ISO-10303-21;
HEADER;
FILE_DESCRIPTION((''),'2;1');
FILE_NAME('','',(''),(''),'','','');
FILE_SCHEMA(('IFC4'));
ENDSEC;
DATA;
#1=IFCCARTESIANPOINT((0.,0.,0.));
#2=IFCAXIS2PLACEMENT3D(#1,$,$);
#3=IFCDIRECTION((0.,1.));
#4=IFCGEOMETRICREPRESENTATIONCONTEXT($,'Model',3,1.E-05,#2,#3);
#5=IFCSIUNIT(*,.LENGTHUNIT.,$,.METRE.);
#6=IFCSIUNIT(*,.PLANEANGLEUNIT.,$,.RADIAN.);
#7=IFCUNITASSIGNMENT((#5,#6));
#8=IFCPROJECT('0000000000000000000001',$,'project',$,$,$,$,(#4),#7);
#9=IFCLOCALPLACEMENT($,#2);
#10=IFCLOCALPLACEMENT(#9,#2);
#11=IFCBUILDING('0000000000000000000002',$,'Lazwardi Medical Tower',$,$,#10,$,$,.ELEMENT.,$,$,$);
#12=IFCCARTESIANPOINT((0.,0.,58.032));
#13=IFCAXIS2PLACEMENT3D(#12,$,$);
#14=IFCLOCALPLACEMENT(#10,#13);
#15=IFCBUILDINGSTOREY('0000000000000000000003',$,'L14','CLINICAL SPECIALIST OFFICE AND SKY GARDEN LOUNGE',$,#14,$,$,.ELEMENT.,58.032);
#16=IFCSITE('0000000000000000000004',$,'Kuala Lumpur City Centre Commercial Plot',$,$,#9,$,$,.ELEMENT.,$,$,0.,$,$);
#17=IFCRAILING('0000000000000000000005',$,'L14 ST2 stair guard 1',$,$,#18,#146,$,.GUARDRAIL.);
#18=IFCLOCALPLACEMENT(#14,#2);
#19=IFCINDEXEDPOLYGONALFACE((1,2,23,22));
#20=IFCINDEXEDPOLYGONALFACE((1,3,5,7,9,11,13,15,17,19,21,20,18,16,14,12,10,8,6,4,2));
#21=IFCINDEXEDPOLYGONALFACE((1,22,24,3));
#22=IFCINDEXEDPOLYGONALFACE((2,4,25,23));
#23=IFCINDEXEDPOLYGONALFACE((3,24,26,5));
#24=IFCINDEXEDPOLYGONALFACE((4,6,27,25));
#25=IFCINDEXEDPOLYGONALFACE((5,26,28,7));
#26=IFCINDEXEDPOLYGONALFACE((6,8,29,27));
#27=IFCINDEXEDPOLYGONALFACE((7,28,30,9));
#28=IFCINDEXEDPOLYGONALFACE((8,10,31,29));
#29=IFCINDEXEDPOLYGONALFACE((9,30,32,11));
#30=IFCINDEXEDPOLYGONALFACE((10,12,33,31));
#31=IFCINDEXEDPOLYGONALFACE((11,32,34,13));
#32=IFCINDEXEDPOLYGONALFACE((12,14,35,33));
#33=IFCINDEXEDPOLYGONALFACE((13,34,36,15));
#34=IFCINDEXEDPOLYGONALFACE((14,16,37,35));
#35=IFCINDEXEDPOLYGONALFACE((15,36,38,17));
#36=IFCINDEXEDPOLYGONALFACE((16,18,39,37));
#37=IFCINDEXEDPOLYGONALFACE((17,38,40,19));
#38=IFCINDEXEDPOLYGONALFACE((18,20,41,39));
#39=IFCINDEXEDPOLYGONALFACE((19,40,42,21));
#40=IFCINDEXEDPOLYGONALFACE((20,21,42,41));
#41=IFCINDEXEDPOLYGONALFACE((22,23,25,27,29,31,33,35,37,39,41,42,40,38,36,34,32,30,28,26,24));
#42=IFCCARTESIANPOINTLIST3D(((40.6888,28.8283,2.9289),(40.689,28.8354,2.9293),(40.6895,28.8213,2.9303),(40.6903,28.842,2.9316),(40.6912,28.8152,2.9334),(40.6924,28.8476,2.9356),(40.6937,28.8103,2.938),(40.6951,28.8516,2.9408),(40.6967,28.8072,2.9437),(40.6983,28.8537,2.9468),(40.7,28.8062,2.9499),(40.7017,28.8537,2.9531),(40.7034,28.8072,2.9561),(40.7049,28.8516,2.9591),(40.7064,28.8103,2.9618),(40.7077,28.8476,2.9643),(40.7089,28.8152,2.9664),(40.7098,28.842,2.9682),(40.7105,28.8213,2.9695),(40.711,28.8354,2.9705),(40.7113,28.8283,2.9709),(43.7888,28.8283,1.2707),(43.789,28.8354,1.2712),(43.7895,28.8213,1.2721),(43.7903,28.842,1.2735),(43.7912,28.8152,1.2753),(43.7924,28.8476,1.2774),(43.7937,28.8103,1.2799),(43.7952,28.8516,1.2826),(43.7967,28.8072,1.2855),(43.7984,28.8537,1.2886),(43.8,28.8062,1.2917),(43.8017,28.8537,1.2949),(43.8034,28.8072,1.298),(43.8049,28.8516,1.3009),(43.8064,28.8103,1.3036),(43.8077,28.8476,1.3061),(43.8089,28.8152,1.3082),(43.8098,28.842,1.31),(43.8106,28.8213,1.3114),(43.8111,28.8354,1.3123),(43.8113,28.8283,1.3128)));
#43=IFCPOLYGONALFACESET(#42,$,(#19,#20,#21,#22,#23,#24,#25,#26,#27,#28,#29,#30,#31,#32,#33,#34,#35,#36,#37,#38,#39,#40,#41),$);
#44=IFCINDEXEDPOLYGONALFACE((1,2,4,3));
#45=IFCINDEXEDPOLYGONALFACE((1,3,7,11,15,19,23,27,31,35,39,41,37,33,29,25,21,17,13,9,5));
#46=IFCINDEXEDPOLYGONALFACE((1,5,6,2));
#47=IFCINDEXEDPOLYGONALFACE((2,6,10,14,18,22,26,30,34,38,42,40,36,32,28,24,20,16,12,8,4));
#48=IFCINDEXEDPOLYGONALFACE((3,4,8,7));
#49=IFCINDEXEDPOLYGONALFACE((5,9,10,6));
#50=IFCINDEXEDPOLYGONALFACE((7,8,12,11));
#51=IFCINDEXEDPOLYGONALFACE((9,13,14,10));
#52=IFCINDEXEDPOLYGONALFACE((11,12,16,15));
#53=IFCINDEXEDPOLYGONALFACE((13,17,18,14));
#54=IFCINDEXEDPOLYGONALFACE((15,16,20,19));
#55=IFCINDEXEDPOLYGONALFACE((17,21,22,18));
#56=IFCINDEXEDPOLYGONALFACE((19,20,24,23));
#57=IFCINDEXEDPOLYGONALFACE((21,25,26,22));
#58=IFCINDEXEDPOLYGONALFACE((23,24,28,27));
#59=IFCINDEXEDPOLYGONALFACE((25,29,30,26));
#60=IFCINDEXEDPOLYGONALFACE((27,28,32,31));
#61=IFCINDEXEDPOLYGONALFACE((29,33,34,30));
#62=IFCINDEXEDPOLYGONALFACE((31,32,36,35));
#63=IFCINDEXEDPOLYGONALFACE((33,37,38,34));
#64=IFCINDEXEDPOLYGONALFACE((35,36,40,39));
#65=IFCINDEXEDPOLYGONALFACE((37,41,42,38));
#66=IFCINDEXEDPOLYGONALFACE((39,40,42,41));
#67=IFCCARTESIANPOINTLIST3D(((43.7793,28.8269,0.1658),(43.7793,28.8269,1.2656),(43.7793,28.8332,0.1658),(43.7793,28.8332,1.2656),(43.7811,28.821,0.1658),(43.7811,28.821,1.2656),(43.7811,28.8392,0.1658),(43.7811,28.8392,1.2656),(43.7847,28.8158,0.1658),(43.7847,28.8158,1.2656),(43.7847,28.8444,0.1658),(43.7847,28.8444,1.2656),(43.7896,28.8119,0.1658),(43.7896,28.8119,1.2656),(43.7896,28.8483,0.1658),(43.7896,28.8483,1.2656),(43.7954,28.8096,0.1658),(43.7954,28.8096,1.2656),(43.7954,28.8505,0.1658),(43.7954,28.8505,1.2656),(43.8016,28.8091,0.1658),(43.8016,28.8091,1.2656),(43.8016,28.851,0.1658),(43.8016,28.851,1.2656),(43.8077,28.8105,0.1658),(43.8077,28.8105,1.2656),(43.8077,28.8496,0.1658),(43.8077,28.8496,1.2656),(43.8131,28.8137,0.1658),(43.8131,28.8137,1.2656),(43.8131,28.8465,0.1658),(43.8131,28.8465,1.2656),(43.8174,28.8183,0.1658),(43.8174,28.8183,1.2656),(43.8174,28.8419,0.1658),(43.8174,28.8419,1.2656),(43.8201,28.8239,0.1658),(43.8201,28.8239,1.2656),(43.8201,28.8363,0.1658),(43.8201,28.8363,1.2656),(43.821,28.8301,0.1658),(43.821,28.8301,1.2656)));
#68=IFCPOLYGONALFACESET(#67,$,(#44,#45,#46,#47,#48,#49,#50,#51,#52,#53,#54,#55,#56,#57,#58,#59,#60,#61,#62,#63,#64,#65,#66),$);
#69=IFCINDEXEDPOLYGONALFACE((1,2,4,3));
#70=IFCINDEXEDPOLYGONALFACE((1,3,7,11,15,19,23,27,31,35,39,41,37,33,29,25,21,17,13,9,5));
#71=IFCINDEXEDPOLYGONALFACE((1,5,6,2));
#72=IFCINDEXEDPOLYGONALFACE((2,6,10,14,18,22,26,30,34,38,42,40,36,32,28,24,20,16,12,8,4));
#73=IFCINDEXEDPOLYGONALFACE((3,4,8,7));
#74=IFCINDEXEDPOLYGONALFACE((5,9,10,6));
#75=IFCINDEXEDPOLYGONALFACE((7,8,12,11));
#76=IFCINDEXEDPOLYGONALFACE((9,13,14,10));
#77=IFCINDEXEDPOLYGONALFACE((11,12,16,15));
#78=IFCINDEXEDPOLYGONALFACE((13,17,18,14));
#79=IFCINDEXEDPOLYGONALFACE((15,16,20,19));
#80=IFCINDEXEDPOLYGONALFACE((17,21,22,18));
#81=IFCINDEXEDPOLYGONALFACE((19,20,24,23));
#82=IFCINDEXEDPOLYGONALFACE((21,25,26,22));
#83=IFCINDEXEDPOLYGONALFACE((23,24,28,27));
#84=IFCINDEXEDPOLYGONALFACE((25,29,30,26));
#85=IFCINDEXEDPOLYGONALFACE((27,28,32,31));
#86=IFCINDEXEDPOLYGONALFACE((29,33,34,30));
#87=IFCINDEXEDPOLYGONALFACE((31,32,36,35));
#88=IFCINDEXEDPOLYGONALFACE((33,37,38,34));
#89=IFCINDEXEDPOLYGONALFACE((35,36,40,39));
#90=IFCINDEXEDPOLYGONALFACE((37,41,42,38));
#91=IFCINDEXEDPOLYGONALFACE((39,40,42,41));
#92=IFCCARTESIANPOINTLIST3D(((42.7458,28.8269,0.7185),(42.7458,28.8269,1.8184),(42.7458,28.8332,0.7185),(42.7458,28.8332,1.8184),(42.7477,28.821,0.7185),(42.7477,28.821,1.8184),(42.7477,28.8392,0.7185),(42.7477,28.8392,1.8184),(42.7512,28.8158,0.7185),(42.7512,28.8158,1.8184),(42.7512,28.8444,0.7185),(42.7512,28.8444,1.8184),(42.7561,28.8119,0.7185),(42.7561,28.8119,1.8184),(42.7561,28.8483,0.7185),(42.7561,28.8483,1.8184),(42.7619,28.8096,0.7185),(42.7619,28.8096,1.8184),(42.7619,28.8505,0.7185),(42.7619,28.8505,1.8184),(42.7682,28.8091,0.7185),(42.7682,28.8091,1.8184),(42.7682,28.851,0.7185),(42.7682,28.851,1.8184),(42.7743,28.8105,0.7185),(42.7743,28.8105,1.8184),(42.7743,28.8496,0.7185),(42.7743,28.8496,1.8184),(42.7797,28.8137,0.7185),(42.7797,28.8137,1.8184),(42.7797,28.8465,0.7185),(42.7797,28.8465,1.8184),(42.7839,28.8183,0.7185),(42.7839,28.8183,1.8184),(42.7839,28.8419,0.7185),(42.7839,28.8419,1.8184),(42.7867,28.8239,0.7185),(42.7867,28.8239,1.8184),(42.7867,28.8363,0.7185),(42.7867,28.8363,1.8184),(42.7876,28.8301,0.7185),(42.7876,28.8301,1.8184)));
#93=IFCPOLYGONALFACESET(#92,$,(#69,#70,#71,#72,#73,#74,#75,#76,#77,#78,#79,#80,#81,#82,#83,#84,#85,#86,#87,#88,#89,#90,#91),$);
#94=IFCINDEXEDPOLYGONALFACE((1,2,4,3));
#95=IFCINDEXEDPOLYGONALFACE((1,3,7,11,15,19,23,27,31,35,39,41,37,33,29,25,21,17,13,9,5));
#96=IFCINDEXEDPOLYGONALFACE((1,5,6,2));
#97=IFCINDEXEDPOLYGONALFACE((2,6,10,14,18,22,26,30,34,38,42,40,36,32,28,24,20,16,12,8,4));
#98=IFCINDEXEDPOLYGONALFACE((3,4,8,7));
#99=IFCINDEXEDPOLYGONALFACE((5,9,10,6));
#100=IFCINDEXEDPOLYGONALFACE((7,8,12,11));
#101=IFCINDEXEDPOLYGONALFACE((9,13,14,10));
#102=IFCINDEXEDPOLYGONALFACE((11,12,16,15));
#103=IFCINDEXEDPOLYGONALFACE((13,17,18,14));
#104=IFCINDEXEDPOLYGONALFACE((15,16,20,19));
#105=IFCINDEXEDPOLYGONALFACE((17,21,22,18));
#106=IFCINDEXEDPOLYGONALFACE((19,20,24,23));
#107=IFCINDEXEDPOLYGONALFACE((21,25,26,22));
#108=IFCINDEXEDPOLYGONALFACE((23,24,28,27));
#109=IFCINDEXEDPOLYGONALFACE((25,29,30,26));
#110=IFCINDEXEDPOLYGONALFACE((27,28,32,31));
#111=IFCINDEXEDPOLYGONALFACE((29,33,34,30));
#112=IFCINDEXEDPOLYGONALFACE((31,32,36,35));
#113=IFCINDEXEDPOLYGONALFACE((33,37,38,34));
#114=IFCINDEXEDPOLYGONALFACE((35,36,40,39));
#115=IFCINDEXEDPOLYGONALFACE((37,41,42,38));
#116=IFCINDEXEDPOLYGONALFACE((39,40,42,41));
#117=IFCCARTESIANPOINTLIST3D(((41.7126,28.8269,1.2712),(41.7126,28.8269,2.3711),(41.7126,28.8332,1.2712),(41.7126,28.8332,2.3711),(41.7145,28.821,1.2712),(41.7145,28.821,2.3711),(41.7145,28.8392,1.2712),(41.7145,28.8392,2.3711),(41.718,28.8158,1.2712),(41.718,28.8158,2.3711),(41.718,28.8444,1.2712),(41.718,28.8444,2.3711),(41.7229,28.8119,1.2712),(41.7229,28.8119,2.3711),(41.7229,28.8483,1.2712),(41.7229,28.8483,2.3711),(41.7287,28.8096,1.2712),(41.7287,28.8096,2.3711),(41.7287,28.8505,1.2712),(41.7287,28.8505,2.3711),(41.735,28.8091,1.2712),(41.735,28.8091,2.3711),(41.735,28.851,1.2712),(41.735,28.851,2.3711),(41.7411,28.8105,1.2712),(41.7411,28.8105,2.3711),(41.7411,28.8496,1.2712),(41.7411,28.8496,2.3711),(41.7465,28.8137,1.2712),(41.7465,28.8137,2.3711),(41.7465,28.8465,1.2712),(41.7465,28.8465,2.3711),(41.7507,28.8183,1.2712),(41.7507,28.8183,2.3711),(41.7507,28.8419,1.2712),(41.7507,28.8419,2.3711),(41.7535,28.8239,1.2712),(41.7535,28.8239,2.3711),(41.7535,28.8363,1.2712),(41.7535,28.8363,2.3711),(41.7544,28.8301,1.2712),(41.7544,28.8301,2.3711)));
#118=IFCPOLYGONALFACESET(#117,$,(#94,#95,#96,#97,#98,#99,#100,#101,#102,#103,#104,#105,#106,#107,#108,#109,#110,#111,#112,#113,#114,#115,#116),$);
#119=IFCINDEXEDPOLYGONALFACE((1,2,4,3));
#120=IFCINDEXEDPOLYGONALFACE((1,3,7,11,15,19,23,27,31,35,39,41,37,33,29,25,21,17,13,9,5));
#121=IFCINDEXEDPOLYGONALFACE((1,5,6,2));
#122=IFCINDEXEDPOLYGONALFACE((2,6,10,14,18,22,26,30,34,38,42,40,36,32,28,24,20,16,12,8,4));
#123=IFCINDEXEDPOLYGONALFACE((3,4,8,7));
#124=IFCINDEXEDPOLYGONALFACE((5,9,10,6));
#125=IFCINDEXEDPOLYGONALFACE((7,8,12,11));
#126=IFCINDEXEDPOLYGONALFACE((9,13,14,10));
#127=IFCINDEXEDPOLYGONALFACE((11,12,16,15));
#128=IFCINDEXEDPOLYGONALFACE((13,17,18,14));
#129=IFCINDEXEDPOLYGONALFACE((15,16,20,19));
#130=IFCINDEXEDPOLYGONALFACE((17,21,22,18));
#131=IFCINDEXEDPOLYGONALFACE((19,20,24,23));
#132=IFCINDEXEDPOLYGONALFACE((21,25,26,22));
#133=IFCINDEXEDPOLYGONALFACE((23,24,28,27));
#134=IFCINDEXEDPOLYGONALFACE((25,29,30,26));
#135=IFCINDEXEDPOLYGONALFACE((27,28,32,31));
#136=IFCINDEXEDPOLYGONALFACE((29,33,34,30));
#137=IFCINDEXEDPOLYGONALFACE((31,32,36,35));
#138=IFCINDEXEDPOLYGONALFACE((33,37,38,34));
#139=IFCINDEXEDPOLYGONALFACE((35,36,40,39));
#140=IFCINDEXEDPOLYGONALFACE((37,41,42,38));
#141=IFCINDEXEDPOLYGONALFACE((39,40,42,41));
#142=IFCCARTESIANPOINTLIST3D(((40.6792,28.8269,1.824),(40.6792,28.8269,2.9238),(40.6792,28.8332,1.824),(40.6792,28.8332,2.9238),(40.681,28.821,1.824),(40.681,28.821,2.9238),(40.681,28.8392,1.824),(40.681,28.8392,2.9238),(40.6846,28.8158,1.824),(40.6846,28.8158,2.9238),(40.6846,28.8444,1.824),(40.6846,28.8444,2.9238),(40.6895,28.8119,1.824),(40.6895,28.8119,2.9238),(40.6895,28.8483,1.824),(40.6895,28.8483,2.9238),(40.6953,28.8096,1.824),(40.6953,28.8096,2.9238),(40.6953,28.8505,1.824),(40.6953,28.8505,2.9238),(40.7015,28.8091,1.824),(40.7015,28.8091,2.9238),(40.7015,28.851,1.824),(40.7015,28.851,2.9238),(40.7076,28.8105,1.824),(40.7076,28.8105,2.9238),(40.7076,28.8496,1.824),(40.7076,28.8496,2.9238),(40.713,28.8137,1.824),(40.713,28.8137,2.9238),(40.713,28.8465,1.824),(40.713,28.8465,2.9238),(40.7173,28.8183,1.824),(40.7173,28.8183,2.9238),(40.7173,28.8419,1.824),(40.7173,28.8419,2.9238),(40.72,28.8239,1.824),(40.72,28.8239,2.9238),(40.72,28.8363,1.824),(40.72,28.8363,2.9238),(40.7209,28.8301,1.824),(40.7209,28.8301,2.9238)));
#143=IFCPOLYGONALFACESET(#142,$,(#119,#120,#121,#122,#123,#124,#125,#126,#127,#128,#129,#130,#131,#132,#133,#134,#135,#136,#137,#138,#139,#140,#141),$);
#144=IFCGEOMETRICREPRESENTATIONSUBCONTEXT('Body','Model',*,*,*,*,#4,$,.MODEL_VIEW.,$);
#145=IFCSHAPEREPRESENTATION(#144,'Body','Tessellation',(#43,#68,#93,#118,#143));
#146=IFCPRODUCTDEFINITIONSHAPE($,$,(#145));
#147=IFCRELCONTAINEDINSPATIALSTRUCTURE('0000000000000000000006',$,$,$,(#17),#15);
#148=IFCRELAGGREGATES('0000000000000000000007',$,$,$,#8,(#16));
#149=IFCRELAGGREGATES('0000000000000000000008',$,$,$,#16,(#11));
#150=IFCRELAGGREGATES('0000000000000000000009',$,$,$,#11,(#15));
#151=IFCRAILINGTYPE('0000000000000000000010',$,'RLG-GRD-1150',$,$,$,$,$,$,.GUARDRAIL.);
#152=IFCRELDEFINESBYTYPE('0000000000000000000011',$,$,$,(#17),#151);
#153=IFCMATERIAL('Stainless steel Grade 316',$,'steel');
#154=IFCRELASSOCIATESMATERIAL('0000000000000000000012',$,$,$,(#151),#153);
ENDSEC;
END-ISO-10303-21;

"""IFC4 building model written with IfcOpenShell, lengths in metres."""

from ifc_helpers import new_model, si_unit, direction, frame, origin, origin_2d, place, context, subcontext, project, spatial, circle, extrude, material, type_object, element, save


model = new_model("IFC4")

# Units and contexts
model_context = context("Model", 3, precision=1e-05, world=origin(), true_north=direction((0.0, 1.0)))
body_context = subcontext(model_context, "Body", "Model", "MODEL_VIEW")
ifc_project = project(units=[si_unit("LENGTHUNIT", "METRE"), si_unit("PLANEANGLEUNIT", "RADIAN")], contexts=[model_context])

# Site, building, storey
site_placement = place(None, origin())
site = spatial("IfcSite", under=ifc_project, at=site_placement, Name="Kuala Lumpur City Centre Commercial Plot", CompositionType="ELEMENT", RefElevation=0.0)
building_placement = place(site_placement, origin())
building = spatial("IfcBuilding", under=site, at=building_placement, Name="Lazwardi Medical Tower", CompositionType="ELEMENT")
storey_placement = place(building_placement, frame((0.0, 0.0, 58.032)))
storey = spatial("IfcBuildingStorey", under=building, at=storey_placement, Name="L14", Description="CLINICAL SPECIALIST OFFICE AND SKY GARDEN LOUNGE", CompositionType="ELEMENT", Elevation=58.032)

# Railing
ifc_material_1 = material(Name="Stainless steel Grade 316", Category="steel")
railing_type_1 = type_object("IfcRailingType", Name="RLG-GRD-1150", PredefinedType="GUARDRAIL", material=ifc_material_1)
railing_1_placement = place(storey_placement, frame((43.8, 28.8301, 0.1658)))
element("IfcRailing", 1, at=railing_1_placement, inside=storey, type_object=railing_type_1, Name="L14 ST2 stair guard 1", PredefinedType="GUARDRAIL", context=body_context, shape_type="SweptSolid", body=[
    extrude(circle(Radius=0.0239, at=origin_2d()), frame((0.0, 0.0, 1.126), z_axis=(-0.881783, 0.0, 0.471655), x_axis=(0.0, -1.0, 0.0)), (0.0, 0.0, 1.0), 3.5156),
    extrude(circle(Radius=0.021, at=origin_2d()), origin(), (0.0, 0.0, 1.0), 1.0999),
    extrude(circle(Radius=0.021, at=origin_2d()), frame((-1.0334, 0.0, 0.5527)), (0.0, 0.0, 1.0), 1.0999),
    extrude(circle(Radius=0.021, at=origin_2d()), frame((-2.0667, 0.0, 1.1055)), (0.0, 0.0, 1.0), 1.0999),
    extrude(circle(Radius=0.021, at=origin_2d()), frame((-3.1001, 0.0, 1.6582)), (0.0, 0.0, 1.0), 1.0999),
])

save(model, "model.ifc")
